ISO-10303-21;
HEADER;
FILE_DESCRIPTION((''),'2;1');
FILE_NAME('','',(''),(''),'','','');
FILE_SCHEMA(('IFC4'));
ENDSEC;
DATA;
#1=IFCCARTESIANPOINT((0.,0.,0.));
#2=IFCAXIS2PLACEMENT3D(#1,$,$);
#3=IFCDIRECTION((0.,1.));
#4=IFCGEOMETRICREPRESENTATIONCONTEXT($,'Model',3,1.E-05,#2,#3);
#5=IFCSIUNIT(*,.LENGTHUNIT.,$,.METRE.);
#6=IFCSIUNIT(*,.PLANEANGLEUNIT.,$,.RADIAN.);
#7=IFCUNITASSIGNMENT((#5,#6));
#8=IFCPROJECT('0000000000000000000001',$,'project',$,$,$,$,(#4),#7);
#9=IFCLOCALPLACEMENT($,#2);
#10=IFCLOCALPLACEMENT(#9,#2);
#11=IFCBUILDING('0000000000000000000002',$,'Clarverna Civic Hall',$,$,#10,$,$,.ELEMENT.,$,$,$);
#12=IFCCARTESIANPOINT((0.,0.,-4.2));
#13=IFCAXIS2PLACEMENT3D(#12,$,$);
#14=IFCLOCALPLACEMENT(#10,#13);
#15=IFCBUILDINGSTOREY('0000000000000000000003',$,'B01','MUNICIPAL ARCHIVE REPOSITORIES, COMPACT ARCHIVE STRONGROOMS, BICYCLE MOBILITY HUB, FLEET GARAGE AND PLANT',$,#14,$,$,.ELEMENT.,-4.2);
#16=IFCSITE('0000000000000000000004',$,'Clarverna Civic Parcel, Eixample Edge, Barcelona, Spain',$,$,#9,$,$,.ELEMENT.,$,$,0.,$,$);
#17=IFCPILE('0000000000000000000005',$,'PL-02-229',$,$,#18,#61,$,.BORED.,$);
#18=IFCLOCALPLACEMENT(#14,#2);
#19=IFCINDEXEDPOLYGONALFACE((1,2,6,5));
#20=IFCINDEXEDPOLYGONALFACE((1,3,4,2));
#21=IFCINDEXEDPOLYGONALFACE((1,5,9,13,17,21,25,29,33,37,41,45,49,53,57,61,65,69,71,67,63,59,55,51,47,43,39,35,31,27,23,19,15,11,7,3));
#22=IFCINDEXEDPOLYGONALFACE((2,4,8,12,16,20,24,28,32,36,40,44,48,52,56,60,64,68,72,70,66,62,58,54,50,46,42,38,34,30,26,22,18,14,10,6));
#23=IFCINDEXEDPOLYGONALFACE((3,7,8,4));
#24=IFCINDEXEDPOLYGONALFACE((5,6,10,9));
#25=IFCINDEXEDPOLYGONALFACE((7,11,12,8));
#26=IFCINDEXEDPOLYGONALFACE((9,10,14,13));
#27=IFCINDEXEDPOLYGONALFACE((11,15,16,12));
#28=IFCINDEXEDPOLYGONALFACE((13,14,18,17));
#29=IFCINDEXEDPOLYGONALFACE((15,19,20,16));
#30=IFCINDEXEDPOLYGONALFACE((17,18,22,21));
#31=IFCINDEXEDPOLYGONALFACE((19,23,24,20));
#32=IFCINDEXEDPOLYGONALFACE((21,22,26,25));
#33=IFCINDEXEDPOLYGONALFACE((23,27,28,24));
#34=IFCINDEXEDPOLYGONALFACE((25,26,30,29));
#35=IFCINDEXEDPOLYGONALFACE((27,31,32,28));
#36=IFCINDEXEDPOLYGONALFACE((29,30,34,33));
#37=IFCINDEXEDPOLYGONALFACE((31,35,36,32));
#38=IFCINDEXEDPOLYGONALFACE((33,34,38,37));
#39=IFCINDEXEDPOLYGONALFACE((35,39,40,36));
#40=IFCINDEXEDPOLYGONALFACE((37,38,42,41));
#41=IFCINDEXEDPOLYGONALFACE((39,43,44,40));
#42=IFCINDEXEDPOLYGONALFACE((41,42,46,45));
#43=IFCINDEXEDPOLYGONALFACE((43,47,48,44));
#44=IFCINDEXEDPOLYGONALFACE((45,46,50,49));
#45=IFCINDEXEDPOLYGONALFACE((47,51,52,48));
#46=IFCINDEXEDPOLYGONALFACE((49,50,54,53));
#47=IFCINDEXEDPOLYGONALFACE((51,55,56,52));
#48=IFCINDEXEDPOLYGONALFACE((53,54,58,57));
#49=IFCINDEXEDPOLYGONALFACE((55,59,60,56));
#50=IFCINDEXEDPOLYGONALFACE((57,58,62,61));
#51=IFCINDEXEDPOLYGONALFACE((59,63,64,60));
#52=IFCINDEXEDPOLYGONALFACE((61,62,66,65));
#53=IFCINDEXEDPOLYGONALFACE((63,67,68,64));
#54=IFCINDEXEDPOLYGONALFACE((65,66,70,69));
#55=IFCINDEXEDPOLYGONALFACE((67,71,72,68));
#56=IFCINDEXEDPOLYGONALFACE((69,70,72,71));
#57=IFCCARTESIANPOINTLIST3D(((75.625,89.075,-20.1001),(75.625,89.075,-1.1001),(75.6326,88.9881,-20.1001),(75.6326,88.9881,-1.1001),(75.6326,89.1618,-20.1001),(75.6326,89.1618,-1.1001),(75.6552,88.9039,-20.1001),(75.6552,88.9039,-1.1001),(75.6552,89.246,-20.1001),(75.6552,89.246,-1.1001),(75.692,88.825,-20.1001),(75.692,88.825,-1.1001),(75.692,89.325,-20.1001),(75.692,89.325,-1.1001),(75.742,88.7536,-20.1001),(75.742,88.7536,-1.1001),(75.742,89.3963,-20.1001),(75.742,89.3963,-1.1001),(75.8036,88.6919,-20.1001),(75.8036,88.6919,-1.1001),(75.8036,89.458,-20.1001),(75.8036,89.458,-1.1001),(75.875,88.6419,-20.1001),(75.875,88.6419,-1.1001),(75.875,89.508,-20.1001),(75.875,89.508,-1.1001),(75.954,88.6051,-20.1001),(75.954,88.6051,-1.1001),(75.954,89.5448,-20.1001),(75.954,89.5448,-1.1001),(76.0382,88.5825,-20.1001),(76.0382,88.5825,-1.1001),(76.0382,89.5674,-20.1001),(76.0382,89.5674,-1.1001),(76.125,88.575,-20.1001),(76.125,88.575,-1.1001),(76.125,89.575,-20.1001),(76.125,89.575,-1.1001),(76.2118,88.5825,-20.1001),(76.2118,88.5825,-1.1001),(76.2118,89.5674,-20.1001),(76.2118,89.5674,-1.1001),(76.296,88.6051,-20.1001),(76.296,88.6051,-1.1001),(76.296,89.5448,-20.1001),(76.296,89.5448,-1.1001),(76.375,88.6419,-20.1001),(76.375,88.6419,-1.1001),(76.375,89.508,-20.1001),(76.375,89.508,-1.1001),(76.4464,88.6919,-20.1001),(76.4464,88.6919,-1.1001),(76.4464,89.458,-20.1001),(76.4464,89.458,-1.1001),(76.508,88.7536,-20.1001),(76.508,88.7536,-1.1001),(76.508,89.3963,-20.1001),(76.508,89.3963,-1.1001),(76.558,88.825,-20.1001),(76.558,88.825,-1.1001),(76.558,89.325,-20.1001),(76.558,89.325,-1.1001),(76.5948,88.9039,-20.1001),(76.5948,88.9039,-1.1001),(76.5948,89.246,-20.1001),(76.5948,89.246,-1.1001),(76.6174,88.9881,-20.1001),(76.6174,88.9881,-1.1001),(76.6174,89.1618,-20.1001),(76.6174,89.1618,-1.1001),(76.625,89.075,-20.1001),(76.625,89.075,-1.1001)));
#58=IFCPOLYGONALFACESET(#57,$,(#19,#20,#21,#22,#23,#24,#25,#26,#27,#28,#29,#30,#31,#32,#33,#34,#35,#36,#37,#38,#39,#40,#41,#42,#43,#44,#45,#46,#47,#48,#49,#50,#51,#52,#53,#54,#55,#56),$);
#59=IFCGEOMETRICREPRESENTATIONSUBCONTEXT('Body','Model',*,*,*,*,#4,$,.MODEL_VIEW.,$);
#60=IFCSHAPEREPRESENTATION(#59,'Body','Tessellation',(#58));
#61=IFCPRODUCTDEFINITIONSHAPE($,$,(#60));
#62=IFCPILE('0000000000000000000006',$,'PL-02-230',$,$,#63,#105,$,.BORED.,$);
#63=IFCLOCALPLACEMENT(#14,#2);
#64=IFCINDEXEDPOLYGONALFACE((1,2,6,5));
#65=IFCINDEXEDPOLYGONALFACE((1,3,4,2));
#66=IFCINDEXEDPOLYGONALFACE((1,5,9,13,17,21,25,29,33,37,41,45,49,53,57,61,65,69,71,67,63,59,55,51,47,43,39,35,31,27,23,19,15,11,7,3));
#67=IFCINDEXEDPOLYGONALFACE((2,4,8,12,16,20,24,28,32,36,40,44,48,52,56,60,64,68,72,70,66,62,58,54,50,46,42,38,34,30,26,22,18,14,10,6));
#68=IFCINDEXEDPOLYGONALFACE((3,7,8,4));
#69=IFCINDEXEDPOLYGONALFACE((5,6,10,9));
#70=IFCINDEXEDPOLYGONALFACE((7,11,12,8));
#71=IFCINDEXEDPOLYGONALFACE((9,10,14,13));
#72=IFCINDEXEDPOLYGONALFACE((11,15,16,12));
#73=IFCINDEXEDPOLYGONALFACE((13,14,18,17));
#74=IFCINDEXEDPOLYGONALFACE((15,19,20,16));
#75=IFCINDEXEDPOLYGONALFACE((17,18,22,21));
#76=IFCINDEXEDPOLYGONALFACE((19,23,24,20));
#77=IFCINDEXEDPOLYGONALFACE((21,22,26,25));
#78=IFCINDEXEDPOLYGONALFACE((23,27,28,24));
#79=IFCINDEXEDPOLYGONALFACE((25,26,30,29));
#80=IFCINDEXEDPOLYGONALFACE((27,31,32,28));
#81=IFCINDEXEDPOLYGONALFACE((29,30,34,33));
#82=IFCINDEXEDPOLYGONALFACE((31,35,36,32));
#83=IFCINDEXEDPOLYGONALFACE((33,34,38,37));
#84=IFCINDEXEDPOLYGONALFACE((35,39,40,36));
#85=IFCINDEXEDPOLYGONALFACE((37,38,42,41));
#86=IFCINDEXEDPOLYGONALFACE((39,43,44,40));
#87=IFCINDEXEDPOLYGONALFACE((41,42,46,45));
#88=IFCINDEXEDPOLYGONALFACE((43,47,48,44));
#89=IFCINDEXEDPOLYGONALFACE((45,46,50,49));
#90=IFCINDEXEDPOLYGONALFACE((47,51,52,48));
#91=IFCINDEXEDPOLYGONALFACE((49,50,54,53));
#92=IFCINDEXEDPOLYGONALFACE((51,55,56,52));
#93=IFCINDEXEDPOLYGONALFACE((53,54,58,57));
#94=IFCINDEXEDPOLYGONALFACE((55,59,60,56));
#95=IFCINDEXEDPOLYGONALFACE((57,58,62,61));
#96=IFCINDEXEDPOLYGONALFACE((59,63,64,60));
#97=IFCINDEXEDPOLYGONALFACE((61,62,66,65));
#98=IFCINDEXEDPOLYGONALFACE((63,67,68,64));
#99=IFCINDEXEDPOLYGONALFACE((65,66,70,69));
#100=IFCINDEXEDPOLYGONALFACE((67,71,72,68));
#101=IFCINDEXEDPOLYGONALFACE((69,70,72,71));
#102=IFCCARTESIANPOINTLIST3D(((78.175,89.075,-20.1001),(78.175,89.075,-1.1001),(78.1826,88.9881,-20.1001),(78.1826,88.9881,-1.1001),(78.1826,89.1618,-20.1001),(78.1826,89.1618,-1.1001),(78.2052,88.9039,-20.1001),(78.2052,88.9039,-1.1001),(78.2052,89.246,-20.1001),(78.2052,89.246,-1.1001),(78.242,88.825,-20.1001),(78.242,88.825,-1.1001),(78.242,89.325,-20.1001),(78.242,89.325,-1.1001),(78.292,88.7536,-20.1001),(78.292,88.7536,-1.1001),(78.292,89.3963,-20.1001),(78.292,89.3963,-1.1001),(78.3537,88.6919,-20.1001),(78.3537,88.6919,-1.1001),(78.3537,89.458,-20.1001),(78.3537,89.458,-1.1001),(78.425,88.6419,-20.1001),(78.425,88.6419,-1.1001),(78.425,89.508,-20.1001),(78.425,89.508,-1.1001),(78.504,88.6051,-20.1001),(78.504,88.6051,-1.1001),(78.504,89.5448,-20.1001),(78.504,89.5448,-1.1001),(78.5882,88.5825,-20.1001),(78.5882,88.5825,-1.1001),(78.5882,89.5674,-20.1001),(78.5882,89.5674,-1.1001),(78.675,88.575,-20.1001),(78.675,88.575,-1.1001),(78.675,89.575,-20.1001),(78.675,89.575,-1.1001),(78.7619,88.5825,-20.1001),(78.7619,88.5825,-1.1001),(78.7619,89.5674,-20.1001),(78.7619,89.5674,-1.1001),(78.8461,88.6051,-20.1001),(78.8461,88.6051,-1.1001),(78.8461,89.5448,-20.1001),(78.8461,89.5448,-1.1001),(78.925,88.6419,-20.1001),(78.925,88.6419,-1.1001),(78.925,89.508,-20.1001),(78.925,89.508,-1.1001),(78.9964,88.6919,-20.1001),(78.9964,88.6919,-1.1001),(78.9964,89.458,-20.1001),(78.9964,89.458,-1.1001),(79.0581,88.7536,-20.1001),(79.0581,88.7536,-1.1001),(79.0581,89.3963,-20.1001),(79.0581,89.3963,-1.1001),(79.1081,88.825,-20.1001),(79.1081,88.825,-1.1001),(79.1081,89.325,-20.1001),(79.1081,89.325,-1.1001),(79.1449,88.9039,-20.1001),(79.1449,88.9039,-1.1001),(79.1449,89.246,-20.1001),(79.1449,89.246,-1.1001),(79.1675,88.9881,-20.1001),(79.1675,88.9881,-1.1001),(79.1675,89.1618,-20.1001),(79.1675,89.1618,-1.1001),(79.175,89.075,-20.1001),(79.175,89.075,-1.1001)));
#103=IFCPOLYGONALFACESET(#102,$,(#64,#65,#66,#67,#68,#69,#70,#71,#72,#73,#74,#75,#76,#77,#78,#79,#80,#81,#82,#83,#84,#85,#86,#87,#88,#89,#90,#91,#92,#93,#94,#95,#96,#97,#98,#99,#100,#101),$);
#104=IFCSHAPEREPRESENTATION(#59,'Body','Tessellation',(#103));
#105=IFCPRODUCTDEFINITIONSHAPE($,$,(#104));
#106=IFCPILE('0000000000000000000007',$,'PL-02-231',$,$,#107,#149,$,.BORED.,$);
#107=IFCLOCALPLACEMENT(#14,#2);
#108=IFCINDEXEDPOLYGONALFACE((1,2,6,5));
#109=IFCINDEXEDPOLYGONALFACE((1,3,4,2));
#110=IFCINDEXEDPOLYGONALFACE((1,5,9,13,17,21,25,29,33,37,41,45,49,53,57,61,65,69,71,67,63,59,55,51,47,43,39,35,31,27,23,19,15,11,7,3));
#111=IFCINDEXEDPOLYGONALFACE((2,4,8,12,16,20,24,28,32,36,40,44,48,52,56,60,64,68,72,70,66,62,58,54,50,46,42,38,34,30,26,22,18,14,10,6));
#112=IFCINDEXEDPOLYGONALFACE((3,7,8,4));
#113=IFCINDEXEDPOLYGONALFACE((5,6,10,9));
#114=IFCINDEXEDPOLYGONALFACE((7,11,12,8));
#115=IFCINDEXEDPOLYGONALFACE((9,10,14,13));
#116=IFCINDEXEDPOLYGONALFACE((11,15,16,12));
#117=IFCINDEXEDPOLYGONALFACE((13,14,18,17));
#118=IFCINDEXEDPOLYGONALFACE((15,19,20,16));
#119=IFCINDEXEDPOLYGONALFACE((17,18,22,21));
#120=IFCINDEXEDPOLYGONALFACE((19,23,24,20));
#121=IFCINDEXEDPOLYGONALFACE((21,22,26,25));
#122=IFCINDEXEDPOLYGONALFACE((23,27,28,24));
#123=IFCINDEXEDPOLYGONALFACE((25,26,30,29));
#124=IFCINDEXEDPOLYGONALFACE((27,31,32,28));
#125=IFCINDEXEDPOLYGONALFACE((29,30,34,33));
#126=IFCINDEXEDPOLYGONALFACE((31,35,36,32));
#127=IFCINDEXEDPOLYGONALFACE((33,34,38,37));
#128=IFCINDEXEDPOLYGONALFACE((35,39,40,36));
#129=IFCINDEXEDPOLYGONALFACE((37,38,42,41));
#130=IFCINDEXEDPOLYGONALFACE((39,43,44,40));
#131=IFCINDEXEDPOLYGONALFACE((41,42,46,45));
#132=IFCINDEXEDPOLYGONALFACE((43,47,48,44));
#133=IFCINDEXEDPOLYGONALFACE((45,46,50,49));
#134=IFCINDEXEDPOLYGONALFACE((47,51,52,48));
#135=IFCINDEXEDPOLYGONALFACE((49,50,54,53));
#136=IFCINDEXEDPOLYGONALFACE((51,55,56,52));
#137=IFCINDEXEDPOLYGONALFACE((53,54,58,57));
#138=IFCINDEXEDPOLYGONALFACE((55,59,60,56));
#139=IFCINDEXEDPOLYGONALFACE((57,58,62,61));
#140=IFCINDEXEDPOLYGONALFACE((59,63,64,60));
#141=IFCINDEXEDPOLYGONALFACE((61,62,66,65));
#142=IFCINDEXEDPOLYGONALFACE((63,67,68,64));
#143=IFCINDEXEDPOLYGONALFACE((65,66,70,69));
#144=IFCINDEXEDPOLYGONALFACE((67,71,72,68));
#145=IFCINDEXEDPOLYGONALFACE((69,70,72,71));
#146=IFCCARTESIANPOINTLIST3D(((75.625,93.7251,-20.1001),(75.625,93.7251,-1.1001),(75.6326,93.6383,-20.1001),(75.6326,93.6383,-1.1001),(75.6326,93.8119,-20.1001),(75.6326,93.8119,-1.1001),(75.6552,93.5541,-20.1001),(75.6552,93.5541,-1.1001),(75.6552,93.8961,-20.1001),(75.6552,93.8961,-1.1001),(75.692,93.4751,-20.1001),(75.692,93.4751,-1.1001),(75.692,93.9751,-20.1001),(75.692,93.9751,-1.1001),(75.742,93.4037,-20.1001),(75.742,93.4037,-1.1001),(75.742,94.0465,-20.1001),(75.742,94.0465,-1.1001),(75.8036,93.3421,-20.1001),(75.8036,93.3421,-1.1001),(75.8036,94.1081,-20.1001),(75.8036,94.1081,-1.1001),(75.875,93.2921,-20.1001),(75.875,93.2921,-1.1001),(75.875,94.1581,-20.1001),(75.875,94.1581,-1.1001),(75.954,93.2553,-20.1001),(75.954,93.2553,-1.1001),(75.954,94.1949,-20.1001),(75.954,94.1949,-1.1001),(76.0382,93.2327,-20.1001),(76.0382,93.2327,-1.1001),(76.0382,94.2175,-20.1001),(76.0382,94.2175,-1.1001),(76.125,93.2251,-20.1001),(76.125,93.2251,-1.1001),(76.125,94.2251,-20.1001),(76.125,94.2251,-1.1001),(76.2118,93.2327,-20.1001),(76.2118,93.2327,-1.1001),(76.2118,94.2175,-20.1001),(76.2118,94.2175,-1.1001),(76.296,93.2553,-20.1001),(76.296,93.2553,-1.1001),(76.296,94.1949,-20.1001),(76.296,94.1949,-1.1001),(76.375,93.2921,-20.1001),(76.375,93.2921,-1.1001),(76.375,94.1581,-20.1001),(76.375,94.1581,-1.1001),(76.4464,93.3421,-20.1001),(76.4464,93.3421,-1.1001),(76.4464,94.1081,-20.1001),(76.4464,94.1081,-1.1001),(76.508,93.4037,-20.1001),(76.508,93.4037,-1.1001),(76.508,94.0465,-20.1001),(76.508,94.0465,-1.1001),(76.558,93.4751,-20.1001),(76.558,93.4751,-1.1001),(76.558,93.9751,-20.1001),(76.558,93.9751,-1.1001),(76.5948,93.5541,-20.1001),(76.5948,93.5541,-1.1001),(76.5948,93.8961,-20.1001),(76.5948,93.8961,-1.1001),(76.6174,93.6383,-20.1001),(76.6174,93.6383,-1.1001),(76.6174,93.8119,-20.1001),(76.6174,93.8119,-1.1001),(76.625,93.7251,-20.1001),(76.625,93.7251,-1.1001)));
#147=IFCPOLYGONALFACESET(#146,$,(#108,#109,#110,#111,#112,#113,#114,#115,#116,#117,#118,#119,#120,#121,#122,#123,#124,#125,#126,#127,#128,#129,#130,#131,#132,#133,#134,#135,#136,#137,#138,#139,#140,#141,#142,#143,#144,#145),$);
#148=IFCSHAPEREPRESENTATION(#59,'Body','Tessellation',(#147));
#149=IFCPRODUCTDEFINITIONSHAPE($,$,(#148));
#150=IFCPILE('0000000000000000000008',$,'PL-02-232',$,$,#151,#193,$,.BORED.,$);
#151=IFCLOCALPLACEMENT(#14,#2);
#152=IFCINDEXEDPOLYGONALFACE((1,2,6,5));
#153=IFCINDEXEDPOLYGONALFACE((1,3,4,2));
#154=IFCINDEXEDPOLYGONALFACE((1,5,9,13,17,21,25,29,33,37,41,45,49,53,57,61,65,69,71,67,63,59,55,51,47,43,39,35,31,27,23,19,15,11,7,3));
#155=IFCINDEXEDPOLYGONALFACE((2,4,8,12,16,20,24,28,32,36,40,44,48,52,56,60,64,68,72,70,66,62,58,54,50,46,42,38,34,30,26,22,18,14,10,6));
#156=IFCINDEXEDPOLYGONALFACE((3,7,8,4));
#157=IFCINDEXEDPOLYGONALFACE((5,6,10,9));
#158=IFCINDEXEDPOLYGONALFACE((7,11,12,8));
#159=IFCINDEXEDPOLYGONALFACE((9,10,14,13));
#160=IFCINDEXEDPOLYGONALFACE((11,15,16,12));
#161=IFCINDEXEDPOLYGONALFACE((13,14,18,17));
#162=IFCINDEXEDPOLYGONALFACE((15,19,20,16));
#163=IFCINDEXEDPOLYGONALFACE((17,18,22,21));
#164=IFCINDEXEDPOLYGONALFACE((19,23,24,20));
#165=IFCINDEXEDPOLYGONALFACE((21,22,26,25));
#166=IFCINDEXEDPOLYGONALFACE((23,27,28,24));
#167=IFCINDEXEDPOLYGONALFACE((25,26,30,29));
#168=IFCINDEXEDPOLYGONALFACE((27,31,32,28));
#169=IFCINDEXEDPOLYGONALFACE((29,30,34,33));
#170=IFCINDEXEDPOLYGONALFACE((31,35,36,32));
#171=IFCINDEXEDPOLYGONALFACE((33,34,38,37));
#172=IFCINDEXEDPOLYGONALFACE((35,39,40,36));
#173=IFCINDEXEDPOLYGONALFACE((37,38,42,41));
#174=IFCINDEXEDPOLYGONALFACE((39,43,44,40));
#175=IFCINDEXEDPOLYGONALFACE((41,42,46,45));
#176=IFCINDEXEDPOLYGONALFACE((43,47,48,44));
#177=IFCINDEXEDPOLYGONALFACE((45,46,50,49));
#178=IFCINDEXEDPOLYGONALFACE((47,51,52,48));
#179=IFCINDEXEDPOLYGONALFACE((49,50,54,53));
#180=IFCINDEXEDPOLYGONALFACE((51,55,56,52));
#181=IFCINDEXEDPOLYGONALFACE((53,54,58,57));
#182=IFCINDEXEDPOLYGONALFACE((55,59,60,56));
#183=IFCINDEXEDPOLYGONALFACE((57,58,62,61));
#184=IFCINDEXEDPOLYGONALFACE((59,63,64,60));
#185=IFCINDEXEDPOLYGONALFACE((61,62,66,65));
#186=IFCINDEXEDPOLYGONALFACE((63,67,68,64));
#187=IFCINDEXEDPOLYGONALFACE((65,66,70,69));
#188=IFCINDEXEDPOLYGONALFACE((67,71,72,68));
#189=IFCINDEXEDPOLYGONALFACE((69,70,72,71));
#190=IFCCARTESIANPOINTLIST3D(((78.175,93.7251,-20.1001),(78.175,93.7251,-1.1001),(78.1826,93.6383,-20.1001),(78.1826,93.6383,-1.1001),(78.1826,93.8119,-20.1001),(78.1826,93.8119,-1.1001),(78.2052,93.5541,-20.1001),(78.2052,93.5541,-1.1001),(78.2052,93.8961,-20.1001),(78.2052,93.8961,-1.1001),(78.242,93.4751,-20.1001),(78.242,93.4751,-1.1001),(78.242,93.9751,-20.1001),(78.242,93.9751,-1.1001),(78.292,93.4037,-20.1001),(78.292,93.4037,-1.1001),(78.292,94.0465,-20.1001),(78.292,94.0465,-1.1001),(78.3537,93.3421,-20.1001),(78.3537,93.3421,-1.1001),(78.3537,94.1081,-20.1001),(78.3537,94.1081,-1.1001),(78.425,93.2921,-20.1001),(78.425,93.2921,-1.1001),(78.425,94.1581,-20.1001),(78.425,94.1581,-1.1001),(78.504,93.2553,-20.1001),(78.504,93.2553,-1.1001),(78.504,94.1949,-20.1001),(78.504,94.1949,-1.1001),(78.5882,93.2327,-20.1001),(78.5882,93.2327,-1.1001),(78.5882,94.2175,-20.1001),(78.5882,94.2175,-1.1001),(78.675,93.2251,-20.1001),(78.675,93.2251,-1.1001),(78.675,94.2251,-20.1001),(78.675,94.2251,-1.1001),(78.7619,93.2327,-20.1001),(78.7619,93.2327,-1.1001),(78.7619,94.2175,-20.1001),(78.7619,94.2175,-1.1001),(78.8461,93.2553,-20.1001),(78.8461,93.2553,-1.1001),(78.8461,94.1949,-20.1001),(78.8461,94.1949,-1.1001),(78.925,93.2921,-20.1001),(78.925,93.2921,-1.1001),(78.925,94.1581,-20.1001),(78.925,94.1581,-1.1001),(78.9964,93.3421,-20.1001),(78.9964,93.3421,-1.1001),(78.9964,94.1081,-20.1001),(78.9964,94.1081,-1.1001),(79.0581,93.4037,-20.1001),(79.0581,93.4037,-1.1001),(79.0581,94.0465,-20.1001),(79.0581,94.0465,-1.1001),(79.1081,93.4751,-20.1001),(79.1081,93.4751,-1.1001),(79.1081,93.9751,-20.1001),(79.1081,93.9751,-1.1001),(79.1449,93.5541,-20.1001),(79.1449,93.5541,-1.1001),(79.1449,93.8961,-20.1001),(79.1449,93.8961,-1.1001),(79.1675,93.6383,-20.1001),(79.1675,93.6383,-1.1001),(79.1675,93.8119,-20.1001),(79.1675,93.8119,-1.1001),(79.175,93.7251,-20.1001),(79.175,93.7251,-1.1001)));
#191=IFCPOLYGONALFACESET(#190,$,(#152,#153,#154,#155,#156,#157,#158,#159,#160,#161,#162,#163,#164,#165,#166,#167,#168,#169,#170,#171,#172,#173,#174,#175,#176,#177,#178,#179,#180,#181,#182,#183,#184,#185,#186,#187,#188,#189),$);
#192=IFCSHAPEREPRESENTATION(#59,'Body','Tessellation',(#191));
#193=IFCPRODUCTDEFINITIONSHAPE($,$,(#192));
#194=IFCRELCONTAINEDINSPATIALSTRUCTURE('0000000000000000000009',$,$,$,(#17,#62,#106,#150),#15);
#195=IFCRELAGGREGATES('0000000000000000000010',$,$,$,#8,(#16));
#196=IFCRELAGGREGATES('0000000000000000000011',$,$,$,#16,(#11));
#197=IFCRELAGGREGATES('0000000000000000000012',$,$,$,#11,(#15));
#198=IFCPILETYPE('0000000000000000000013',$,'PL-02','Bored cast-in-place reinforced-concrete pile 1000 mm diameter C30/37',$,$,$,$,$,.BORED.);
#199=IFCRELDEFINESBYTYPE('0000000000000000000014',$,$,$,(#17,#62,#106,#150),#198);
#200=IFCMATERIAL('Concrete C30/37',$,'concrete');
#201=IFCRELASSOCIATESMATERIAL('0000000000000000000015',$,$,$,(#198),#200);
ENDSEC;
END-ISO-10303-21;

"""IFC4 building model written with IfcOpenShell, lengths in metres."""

from ifc_helpers import new_model, si_unit, direction, frame, origin, origin_2d, place, context, subcontext, project, spatial, circle, extrude, material, material_profile, profile_set, type_object, element, save


model = new_model("IFC4")

# Units and contexts
model_context = context("Model", 3, precision=1e-05, world=origin(), true_north=direction((0.0, 1.0)))
body_context = subcontext(model_context, "Body", "Model", "MODEL_VIEW")
ifc_project = project(units=[si_unit("LENGTHUNIT", "METRE"), si_unit("PLANEANGLEUNIT", "RADIAN")], contexts=[model_context])

# Site, building, storey
site_placement = place(None, origin())
site = spatial("IfcSite", under=ifc_project, at=site_placement, Name="Clarverna Civic Parcel, Eixample Edge, Barcelona, Spain", CompositionType="ELEMENT", RefElevation=0.0)
building_placement = place(site_placement, origin())
building = spatial("IfcBuilding", under=site, at=building_placement, Name="Clarverna Civic Hall", CompositionType="ELEMENT")
storey_placement = place(building_placement, frame((0.0, 0.0, -4.2)))
storey = spatial("IfcBuildingStorey", under=building, at=storey_placement, Name="B01", Description="MUNICIPAL ARCHIVE REPOSITORIES, COMPACT ARCHIVE STRONGROOMS, BICYCLE MOBILITY HUB, FLEET GARAGE AND PLANT", CompositionType="ELEMENT", Elevation=-4.2)

# Shared definitions
ifc_material_1 = material(Name="Concrete C30/37", Category="concrete")

# Piles
ifc_material_profile_1 = material_profile(ifc_material_1, circle(Radius=0.5, at=origin_2d()), Name="BORED PILE D1000")
ifc_profile_set_1 = profile_set([ifc_material_profile_1], Name="Concrete C30/37")
pile_type = type_object("IfcPileType", Name="PL-02", Description="Bored cast-in-place reinforced-concrete pile 1000 mm diameter C30/37", PredefinedType="BORED", material=ifc_profile_set_1)
for number, where, z_axis, x_axis, name in (
    (1, (76.125, 89.075, -1.1001), (0.0, 0.0, -1.0), (1.0, 0.0, 0.0), "PL-02-229"),
    (2, (78.675, 89.075, -1.1001), (0.0, 0.0, -1.0), (1.0, 0.0, 0.0), "PL-02-230"),
    (3, (76.125, 93.7251, -1.1001), (0.0, 0.0, -1.0), (1.0, 0.0, 0.0), "PL-02-231"),
    (4, (78.675, 93.7251, -1.1001), (0.0, 0.0, -1.0), (1.0, 0.0, 0.0), "PL-02-232"),
):
    element("IfcPile", number, at=place(storey_placement, frame(where, z_axis=z_axis, x_axis=x_axis)), inside=storey, type_object=pile_type, Name=name, PredefinedType="BORED", context=body_context, shape_type="SweptSolid", body=[
        extrude(circle(Radius=0.5, at=origin_2d()), origin(), (0.0, 0.0, 1.0), 19.0),
    ])

save(model, "model.ifc")
